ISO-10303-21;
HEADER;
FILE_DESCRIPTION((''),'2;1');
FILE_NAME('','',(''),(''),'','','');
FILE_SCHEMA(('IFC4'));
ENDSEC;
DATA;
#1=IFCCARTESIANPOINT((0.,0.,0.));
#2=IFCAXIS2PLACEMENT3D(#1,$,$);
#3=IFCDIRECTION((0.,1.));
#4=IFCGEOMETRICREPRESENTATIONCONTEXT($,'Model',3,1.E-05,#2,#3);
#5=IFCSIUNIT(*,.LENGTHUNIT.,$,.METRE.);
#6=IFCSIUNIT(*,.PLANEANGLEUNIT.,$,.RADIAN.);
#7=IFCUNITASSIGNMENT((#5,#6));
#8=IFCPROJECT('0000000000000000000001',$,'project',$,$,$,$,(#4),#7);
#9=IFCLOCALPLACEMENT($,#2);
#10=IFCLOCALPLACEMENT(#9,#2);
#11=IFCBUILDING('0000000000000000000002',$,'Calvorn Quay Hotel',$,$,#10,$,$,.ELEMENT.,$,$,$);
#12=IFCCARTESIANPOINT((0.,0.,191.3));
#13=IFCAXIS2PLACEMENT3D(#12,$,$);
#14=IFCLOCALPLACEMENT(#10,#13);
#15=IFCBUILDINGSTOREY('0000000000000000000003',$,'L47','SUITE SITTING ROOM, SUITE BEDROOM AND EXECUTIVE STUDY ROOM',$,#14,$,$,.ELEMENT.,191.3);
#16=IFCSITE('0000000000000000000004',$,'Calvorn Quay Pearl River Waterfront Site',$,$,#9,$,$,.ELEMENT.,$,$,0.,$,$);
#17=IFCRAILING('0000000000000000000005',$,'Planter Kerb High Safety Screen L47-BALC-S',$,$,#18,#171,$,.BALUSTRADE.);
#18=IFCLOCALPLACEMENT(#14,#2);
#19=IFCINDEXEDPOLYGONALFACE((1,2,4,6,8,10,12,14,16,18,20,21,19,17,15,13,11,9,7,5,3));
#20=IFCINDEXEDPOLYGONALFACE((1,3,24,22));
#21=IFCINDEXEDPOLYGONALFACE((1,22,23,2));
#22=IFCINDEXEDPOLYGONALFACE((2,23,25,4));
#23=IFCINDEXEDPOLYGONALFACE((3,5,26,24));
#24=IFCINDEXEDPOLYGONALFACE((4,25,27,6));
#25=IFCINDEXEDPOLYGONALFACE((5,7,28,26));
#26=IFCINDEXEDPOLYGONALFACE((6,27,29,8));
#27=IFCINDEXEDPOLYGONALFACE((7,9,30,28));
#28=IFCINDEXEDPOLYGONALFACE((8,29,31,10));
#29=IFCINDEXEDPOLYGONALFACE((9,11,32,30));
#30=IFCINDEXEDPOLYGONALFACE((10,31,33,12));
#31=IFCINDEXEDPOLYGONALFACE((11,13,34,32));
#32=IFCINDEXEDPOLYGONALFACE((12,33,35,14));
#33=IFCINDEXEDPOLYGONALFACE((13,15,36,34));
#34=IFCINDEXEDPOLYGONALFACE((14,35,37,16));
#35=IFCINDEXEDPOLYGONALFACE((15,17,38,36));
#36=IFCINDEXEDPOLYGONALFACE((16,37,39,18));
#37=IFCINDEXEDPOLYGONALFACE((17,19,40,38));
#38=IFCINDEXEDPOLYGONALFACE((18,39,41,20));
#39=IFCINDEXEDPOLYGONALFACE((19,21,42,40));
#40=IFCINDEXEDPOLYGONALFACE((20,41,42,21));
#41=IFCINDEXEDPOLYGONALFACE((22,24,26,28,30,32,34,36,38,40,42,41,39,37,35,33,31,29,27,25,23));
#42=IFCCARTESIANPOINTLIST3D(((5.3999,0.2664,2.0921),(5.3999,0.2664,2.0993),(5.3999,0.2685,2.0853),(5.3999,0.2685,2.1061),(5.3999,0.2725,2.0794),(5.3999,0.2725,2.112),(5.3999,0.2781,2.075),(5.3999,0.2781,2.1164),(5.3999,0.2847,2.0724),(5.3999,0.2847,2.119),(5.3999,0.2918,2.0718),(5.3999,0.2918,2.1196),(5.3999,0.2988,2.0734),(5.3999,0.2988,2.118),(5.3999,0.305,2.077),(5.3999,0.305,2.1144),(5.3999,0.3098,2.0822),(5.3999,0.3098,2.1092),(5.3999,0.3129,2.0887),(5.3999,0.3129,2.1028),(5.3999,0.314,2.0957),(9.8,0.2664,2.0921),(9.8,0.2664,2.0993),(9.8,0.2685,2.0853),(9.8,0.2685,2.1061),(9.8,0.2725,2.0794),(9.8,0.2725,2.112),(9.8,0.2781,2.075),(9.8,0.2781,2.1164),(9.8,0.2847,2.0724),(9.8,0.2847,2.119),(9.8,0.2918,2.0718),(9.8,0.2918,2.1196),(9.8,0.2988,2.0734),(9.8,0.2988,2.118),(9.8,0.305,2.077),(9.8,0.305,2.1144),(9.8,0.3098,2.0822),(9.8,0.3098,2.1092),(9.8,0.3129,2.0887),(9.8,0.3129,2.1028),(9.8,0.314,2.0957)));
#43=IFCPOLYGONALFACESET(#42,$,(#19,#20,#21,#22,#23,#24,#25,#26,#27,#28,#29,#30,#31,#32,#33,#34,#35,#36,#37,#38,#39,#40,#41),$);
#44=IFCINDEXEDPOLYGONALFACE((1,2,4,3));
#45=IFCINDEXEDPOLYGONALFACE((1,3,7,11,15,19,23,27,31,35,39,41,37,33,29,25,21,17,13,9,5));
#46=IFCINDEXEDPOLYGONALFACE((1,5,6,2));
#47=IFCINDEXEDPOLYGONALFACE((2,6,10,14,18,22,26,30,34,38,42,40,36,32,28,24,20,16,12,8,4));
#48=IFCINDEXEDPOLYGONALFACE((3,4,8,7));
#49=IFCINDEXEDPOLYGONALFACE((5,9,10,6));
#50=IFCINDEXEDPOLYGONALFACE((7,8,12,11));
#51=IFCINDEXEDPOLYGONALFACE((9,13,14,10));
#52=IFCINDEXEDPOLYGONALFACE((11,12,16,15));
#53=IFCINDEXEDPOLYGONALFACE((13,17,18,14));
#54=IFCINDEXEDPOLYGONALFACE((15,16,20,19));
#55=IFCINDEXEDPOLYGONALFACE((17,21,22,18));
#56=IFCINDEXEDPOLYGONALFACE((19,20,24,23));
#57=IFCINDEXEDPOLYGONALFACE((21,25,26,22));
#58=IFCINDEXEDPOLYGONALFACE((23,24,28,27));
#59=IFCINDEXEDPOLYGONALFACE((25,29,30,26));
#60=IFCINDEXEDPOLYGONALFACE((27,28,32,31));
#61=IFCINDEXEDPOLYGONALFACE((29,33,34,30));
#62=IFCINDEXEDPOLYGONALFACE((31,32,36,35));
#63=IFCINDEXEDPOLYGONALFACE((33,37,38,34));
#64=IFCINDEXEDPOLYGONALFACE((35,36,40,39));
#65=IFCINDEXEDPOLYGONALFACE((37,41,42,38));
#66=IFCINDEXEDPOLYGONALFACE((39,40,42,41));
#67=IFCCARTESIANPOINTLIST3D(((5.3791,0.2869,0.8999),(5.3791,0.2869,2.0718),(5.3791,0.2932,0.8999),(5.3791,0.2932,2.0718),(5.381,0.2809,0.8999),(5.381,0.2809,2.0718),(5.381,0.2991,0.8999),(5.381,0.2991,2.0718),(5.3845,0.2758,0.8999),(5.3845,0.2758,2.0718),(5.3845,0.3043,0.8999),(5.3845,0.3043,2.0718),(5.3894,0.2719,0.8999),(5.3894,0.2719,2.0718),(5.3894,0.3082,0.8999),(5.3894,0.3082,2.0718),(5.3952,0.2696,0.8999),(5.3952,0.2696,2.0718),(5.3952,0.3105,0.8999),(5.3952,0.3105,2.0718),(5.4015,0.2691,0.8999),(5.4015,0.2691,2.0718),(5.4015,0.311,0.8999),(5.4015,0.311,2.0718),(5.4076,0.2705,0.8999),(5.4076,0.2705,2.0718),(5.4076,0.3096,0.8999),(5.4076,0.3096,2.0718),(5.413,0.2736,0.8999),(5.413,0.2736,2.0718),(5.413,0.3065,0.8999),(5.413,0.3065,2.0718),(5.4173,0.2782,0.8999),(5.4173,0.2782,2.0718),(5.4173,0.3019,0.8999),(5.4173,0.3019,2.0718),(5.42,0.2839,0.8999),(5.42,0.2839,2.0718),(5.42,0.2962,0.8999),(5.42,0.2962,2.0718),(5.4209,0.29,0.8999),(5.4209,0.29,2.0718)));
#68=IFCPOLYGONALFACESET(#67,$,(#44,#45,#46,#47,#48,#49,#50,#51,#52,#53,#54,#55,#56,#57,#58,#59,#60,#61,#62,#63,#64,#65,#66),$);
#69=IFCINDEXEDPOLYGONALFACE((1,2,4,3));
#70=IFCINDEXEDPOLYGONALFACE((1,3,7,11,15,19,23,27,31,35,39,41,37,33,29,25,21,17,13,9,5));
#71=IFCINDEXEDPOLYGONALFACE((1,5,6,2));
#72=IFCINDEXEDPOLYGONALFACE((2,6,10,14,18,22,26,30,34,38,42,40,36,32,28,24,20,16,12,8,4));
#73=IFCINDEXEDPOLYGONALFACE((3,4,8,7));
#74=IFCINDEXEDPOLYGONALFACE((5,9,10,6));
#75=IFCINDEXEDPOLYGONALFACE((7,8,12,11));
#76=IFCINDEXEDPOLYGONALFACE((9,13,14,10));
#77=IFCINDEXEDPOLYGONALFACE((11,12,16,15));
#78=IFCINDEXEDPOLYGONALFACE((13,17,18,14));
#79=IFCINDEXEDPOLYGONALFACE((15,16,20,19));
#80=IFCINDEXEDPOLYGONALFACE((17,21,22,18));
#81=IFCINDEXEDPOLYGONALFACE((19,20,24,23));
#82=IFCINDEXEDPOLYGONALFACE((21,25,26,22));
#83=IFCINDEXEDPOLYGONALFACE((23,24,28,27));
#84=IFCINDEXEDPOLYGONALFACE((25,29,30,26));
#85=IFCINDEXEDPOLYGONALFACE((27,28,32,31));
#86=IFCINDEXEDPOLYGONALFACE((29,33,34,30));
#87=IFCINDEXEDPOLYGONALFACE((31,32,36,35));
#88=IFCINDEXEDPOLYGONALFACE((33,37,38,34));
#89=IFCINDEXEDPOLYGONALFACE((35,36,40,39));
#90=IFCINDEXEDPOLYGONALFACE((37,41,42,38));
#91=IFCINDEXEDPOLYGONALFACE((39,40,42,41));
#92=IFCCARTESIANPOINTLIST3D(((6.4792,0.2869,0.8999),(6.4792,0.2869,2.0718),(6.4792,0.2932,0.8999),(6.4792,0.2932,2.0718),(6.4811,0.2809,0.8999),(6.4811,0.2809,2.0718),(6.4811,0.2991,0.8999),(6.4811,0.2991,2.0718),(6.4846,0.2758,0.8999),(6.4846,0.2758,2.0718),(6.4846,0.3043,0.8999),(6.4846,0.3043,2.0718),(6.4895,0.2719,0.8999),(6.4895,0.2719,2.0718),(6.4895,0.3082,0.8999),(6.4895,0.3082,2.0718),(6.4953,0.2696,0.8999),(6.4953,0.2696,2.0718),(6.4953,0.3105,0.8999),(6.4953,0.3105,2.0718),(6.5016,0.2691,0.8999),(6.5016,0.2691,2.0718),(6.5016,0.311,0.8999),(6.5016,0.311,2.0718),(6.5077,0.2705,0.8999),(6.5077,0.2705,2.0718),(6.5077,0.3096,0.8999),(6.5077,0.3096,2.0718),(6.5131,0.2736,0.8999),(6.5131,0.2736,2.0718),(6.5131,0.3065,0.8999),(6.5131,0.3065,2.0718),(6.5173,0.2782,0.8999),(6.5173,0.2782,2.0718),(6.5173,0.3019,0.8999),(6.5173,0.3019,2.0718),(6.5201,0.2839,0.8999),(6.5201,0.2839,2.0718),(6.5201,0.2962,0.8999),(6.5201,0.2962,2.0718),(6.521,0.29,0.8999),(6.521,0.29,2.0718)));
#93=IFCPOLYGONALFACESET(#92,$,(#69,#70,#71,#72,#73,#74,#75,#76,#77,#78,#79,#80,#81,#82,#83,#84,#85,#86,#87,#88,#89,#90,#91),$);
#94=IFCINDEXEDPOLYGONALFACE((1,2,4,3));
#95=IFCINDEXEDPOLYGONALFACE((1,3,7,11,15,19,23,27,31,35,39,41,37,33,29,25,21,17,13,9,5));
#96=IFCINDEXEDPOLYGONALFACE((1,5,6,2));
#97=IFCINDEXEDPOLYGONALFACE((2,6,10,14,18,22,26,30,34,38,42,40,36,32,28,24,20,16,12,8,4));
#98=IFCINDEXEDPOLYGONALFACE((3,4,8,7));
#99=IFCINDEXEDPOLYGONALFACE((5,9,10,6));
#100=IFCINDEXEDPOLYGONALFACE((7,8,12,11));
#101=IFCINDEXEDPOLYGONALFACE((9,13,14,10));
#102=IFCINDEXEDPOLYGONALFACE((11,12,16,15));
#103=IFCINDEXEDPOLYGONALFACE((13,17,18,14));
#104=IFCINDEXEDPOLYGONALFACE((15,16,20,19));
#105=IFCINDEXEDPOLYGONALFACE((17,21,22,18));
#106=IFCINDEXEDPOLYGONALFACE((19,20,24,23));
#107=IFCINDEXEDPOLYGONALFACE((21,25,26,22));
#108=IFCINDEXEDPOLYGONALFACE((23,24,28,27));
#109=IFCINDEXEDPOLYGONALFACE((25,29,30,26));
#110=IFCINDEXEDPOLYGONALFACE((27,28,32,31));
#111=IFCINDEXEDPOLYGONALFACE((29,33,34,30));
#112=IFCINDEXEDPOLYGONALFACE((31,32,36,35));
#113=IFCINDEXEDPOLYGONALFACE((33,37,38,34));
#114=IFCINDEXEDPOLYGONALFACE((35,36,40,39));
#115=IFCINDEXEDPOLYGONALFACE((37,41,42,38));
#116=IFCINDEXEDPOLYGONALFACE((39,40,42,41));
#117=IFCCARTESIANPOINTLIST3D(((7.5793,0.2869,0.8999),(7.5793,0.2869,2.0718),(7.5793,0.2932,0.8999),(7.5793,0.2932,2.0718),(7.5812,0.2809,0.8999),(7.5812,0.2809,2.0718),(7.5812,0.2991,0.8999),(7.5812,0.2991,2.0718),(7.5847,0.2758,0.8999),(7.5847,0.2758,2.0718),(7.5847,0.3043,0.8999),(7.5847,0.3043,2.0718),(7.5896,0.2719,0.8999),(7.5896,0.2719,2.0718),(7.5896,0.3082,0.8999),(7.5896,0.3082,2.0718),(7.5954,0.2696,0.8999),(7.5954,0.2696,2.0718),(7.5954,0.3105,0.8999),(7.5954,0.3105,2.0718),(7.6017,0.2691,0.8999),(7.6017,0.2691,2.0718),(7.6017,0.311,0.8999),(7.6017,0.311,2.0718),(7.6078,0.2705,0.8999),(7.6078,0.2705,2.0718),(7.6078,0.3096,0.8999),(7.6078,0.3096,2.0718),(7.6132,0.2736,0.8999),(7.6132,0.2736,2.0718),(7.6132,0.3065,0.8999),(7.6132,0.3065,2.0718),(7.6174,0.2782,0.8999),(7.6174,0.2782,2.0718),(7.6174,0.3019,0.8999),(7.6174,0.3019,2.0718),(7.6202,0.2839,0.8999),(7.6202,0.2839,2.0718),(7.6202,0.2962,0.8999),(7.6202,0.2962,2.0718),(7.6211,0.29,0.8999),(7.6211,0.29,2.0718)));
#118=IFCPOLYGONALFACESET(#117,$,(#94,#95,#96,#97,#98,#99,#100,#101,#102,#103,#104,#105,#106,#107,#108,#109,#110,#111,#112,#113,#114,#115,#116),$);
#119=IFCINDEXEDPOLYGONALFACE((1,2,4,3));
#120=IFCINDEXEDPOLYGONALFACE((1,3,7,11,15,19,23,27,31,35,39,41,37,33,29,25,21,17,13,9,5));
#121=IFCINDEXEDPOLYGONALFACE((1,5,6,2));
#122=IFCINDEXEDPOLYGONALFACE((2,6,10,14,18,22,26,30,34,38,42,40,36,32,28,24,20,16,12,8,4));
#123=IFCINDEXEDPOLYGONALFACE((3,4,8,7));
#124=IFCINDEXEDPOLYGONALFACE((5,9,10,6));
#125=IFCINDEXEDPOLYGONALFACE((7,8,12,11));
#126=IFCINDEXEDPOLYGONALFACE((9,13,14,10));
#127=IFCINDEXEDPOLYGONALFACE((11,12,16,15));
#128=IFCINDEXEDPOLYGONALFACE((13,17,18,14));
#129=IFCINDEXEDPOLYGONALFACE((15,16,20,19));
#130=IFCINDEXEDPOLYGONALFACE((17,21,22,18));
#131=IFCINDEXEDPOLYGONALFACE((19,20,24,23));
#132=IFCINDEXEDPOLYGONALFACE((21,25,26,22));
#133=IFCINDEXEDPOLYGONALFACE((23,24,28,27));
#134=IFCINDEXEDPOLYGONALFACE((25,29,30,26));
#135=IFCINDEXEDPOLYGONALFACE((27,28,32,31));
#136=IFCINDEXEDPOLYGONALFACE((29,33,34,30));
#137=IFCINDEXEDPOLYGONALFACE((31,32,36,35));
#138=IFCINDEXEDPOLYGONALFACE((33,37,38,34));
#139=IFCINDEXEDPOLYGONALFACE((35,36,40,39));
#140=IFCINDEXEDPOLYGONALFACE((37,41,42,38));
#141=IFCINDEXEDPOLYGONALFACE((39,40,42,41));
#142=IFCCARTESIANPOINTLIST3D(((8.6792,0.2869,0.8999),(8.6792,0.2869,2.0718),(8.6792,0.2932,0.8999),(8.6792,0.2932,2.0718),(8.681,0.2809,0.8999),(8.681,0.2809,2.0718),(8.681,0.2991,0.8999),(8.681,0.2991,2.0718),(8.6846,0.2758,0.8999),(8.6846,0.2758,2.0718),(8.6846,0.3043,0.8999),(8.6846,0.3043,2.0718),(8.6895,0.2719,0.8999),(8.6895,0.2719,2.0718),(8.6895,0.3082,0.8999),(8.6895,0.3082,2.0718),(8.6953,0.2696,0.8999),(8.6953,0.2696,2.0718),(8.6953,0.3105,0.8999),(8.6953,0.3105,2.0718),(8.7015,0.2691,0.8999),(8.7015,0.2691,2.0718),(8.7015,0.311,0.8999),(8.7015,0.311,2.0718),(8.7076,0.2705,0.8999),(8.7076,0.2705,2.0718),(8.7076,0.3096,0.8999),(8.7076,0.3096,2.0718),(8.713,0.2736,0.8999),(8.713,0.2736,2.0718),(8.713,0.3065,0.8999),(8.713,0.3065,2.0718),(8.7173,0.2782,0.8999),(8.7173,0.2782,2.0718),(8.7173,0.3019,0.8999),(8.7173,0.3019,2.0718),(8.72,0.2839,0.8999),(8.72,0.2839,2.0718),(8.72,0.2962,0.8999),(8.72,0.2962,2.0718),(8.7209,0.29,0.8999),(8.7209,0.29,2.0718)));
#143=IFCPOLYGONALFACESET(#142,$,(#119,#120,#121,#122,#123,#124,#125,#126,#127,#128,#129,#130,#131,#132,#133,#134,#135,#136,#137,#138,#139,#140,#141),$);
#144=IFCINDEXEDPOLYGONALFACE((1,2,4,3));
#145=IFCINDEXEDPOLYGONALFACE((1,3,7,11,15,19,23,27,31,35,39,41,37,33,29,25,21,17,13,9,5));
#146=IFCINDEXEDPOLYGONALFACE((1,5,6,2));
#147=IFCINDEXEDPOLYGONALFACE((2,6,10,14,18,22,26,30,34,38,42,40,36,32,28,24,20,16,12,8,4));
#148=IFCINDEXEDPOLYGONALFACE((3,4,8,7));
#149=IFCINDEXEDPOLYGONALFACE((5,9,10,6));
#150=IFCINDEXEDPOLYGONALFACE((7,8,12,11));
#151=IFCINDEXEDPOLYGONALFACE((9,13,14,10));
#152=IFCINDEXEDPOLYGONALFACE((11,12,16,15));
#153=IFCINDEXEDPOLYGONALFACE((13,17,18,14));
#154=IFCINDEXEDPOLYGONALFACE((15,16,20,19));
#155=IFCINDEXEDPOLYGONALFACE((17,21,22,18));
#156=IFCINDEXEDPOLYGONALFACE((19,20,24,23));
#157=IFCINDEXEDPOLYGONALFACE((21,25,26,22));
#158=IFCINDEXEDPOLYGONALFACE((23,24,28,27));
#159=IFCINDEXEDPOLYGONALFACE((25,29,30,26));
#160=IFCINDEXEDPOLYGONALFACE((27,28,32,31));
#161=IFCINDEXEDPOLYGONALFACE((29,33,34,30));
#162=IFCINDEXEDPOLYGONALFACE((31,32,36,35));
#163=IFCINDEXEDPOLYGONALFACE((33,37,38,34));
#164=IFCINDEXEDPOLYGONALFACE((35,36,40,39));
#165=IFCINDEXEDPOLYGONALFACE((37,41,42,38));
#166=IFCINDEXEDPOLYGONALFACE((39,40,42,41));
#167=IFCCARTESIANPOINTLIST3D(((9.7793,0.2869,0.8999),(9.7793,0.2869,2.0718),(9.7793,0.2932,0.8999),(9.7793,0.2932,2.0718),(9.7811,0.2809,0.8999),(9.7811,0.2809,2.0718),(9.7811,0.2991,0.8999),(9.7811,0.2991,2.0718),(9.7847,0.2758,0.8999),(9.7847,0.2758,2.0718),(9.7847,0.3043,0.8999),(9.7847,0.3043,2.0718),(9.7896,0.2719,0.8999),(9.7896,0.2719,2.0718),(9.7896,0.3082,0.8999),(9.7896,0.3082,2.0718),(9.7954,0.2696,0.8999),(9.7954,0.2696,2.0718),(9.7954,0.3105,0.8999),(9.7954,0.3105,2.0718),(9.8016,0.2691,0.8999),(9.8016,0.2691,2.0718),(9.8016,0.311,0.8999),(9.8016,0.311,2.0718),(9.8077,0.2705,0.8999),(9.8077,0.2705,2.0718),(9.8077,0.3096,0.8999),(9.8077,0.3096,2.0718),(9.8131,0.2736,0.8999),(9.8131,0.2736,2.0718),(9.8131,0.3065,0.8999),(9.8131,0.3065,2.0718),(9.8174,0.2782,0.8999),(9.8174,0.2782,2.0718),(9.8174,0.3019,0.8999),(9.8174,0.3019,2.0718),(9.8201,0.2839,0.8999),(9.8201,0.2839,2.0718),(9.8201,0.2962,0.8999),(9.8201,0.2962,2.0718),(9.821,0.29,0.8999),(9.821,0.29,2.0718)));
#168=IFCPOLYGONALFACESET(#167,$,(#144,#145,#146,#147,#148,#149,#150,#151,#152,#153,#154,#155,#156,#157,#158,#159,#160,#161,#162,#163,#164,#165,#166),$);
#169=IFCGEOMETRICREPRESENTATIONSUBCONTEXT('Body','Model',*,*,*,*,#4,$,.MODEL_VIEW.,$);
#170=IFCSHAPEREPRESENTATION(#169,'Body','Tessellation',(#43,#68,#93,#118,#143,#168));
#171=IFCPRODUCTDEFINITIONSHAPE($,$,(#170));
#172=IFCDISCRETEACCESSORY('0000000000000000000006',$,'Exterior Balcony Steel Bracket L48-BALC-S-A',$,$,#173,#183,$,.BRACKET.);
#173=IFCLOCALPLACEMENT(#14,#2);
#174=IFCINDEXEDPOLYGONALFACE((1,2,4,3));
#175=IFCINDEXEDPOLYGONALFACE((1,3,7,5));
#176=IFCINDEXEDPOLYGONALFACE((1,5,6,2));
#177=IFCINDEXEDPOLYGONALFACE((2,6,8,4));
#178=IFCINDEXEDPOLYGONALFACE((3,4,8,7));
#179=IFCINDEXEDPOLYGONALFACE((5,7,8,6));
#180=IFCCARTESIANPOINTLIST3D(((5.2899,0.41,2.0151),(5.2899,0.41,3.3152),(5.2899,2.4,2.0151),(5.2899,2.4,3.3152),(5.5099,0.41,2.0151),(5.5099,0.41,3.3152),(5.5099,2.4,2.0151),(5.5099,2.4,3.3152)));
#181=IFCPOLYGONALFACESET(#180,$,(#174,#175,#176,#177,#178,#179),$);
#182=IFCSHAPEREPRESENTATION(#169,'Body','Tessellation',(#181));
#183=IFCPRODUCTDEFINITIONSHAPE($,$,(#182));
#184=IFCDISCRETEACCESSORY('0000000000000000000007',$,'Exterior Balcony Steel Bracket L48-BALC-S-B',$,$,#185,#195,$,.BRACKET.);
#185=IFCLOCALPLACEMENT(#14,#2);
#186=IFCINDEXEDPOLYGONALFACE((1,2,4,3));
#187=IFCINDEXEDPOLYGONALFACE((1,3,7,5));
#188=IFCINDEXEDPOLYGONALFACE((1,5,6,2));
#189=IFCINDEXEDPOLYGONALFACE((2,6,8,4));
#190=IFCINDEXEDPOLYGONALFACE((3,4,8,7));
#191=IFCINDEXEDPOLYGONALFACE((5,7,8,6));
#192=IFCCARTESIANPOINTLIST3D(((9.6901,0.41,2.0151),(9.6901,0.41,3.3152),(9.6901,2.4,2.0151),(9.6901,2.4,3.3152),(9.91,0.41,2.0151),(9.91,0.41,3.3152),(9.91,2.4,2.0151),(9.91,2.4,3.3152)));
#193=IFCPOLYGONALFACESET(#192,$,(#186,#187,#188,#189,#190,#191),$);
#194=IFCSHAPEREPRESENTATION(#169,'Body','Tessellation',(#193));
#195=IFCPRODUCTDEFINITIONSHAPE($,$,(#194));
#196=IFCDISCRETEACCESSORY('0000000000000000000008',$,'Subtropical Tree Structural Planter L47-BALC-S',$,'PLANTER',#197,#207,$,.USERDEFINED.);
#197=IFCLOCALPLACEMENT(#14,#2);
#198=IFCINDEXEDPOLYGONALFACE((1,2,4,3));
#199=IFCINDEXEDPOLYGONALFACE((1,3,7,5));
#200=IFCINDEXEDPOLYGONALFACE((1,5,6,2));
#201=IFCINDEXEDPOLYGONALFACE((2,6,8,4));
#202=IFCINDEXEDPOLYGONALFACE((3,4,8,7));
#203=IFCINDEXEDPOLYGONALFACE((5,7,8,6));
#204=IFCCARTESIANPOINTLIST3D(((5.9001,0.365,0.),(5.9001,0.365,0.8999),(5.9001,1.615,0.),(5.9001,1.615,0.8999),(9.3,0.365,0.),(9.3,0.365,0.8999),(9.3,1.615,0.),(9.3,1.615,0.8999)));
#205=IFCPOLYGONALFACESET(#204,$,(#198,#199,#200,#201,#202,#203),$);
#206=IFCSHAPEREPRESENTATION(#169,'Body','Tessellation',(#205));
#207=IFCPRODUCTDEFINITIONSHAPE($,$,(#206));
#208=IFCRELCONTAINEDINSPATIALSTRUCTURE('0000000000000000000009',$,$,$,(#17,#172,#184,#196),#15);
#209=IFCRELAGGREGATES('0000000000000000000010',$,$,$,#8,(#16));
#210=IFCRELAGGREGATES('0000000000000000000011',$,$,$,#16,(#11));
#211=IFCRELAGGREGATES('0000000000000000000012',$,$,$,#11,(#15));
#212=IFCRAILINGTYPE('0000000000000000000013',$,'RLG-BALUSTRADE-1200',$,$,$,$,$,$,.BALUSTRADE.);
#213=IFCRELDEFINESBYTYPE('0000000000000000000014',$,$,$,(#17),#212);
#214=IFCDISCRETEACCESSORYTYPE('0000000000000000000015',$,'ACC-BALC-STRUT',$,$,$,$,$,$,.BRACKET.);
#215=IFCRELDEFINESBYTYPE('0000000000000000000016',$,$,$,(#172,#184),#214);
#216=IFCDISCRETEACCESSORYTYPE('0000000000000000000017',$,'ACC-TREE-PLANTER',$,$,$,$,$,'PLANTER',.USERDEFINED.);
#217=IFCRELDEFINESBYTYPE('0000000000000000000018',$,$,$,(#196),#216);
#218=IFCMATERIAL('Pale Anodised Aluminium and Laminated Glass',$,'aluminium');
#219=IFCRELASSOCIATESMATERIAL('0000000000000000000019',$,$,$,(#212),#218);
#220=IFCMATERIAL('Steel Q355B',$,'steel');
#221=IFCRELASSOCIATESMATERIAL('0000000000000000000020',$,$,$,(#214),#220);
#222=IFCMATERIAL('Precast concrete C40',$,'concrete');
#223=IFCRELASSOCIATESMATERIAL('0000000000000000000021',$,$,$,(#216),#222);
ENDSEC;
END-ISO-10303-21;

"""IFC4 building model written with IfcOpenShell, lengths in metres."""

from ifc_helpers import new_model, si_unit, direction, frame, origin, origin_2d, place, context, subcontext, project, spatial, rectangle, circle, extrude, material, type_object, element, save


model = new_model("IFC4")

# Units and contexts
model_context = context("Model", 3, precision=1e-05, world=origin(), true_north=direction((0.0, 1.0)))
body_context = subcontext(model_context, "Body", "Model", "MODEL_VIEW")
ifc_project = project(units=[si_unit("LENGTHUNIT", "METRE"), si_unit("PLANEANGLEUNIT", "RADIAN")], contexts=[model_context])

# Site, building, storey
site_placement = place(None, origin())
site = spatial("IfcSite", under=ifc_project, at=site_placement, Name="Calvorn Quay Pearl River Waterfront Site", CompositionType="ELEMENT", RefElevation=0.0)
building_placement = place(site_placement, origin())
building = spatial("IfcBuilding", under=site, at=building_placement, Name="Calvorn Quay Hotel", CompositionType="ELEMENT")
storey_placement = place(building_placement, frame((0.0, 0.0, 191.3)))
storey = spatial("IfcBuildingStorey", under=building, at=storey_placement, Name="L47", Description="SUITE SITTING ROOM, SUITE BEDROOM AND EXECUTIVE STUDY ROOM", CompositionType="ELEMENT", Elevation=191.3)

# Railing
ifc_material_1 = material(Name="Pale Anodised Aluminium and Laminated Glass", Category="aluminium")
railing_type = type_object("IfcRailingType", Name="RLG-BALUSTRADE-1200", PredefinedType="BALUSTRADE", material=ifc_material_1)
railing_1_placement = place(storey_placement, frame((5.3999, 0.29, 0.8999)))
element("IfcRailing", 1, at=railing_1_placement, inside=storey, type_object=railing_type, Name="Planter Kerb High Safety Screen L47-BALC-S", PredefinedType="BALUSTRADE", context=body_context, shape_type="SweptSolid", body=[
    extrude(circle(Radius=0.0239, at=origin_2d()), frame((0.0, 0.0, 1.1958), z_axis=(1.0, 0.0, 0.0), x_axis=(0.0, 1.0, 0.0)), (0.0, 0.0, 1.0), 4.4001),
    extrude(circle(Radius=0.021, at=origin_2d()), origin(), (0.0, 0.0, 1.0), 1.1719),
    extrude(circle(Radius=0.021, at=origin_2d()), frame((1.1001, 0.0, 0.0)), (0.0, 0.0, 1.0), 1.1719),
    extrude(circle(Radius=0.021, at=origin_2d()), frame((2.2002, 0.0, 0.0)), (0.0, 0.0, 1.0), 1.1719),
    extrude(circle(Radius=0.021, at=origin_2d()), frame((3.3, 0.0, 0.0)), (0.0, 0.0, 1.0), 1.1719),
    extrude(circle(Radius=0.021, at=origin_2d()), frame((4.4001, 0.0, 0.0)), (0.0, 0.0, 1.0), 1.1719),
])

# Discrete accessories
ifc_material_2 = material(Name="Steel Q355B", Category="steel")
discrete_accessory_type_1 = type_object("IfcDiscreteAccessoryType", Name="ACC-BALC-STRUT", PredefinedType="BRACKET", material=ifc_material_2)
for number, where, z_axis, x_axis, name in (
    (2, (5.3999, 1.405, 2.0151), (0.0, 0.0, 1.0), (1.0, 0.0, 0.0), "Exterior Balcony Steel Bracket L48-BALC-S-A"),
    (3, (9.8, 1.405, 2.0151), (0.0, 0.0, 1.0), (1.0, 0.0, 0.0), "Exterior Balcony Steel Bracket L48-BALC-S-B"),
):
    element("IfcDiscreteAccessory", number, at=place(storey_placement, frame(where, z_axis=z_axis, x_axis=x_axis)), inside=storey, type_object=discrete_accessory_type_1, Name=name, PredefinedType="BRACKET", context=body_context, shape_type="SweptSolid", body=[
        extrude(rectangle(XDim=0.22, YDim=1.99, at=origin_2d()), origin(), (0.0, 0.0, 1.0), 1.3),
    ])
ifc_material_3 = material(Name="Precast concrete C40", Category="concrete")
discrete_accessory_type_2 = type_object("IfcDiscreteAccessoryType", Name="ACC-TREE-PLANTER", ElementType="PLANTER", PredefinedType="USERDEFINED", material=ifc_material_3)
discrete_accessory_placement = place(storey_placement, frame((7.6001, 0.99, 0.0), z_axis=(0.0, 0.0, 1.0), x_axis=(1.0, 0.0, 0.0)))
element("IfcDiscreteAccessory", 4, at=discrete_accessory_placement, inside=storey, type_object=discrete_accessory_type_2, Name="Subtropical Tree Structural Planter L47-BALC-S", ObjectType="PLANTER", PredefinedType="USERDEFINED", context=body_context, shape_type="SweptSolid", body=[
    extrude(rectangle(XDim=3.3999, YDim=1.25, at=origin_2d()), origin(), (0.0, 0.0, 1.0), 0.8999),
])

save(model, "model.ifc")
